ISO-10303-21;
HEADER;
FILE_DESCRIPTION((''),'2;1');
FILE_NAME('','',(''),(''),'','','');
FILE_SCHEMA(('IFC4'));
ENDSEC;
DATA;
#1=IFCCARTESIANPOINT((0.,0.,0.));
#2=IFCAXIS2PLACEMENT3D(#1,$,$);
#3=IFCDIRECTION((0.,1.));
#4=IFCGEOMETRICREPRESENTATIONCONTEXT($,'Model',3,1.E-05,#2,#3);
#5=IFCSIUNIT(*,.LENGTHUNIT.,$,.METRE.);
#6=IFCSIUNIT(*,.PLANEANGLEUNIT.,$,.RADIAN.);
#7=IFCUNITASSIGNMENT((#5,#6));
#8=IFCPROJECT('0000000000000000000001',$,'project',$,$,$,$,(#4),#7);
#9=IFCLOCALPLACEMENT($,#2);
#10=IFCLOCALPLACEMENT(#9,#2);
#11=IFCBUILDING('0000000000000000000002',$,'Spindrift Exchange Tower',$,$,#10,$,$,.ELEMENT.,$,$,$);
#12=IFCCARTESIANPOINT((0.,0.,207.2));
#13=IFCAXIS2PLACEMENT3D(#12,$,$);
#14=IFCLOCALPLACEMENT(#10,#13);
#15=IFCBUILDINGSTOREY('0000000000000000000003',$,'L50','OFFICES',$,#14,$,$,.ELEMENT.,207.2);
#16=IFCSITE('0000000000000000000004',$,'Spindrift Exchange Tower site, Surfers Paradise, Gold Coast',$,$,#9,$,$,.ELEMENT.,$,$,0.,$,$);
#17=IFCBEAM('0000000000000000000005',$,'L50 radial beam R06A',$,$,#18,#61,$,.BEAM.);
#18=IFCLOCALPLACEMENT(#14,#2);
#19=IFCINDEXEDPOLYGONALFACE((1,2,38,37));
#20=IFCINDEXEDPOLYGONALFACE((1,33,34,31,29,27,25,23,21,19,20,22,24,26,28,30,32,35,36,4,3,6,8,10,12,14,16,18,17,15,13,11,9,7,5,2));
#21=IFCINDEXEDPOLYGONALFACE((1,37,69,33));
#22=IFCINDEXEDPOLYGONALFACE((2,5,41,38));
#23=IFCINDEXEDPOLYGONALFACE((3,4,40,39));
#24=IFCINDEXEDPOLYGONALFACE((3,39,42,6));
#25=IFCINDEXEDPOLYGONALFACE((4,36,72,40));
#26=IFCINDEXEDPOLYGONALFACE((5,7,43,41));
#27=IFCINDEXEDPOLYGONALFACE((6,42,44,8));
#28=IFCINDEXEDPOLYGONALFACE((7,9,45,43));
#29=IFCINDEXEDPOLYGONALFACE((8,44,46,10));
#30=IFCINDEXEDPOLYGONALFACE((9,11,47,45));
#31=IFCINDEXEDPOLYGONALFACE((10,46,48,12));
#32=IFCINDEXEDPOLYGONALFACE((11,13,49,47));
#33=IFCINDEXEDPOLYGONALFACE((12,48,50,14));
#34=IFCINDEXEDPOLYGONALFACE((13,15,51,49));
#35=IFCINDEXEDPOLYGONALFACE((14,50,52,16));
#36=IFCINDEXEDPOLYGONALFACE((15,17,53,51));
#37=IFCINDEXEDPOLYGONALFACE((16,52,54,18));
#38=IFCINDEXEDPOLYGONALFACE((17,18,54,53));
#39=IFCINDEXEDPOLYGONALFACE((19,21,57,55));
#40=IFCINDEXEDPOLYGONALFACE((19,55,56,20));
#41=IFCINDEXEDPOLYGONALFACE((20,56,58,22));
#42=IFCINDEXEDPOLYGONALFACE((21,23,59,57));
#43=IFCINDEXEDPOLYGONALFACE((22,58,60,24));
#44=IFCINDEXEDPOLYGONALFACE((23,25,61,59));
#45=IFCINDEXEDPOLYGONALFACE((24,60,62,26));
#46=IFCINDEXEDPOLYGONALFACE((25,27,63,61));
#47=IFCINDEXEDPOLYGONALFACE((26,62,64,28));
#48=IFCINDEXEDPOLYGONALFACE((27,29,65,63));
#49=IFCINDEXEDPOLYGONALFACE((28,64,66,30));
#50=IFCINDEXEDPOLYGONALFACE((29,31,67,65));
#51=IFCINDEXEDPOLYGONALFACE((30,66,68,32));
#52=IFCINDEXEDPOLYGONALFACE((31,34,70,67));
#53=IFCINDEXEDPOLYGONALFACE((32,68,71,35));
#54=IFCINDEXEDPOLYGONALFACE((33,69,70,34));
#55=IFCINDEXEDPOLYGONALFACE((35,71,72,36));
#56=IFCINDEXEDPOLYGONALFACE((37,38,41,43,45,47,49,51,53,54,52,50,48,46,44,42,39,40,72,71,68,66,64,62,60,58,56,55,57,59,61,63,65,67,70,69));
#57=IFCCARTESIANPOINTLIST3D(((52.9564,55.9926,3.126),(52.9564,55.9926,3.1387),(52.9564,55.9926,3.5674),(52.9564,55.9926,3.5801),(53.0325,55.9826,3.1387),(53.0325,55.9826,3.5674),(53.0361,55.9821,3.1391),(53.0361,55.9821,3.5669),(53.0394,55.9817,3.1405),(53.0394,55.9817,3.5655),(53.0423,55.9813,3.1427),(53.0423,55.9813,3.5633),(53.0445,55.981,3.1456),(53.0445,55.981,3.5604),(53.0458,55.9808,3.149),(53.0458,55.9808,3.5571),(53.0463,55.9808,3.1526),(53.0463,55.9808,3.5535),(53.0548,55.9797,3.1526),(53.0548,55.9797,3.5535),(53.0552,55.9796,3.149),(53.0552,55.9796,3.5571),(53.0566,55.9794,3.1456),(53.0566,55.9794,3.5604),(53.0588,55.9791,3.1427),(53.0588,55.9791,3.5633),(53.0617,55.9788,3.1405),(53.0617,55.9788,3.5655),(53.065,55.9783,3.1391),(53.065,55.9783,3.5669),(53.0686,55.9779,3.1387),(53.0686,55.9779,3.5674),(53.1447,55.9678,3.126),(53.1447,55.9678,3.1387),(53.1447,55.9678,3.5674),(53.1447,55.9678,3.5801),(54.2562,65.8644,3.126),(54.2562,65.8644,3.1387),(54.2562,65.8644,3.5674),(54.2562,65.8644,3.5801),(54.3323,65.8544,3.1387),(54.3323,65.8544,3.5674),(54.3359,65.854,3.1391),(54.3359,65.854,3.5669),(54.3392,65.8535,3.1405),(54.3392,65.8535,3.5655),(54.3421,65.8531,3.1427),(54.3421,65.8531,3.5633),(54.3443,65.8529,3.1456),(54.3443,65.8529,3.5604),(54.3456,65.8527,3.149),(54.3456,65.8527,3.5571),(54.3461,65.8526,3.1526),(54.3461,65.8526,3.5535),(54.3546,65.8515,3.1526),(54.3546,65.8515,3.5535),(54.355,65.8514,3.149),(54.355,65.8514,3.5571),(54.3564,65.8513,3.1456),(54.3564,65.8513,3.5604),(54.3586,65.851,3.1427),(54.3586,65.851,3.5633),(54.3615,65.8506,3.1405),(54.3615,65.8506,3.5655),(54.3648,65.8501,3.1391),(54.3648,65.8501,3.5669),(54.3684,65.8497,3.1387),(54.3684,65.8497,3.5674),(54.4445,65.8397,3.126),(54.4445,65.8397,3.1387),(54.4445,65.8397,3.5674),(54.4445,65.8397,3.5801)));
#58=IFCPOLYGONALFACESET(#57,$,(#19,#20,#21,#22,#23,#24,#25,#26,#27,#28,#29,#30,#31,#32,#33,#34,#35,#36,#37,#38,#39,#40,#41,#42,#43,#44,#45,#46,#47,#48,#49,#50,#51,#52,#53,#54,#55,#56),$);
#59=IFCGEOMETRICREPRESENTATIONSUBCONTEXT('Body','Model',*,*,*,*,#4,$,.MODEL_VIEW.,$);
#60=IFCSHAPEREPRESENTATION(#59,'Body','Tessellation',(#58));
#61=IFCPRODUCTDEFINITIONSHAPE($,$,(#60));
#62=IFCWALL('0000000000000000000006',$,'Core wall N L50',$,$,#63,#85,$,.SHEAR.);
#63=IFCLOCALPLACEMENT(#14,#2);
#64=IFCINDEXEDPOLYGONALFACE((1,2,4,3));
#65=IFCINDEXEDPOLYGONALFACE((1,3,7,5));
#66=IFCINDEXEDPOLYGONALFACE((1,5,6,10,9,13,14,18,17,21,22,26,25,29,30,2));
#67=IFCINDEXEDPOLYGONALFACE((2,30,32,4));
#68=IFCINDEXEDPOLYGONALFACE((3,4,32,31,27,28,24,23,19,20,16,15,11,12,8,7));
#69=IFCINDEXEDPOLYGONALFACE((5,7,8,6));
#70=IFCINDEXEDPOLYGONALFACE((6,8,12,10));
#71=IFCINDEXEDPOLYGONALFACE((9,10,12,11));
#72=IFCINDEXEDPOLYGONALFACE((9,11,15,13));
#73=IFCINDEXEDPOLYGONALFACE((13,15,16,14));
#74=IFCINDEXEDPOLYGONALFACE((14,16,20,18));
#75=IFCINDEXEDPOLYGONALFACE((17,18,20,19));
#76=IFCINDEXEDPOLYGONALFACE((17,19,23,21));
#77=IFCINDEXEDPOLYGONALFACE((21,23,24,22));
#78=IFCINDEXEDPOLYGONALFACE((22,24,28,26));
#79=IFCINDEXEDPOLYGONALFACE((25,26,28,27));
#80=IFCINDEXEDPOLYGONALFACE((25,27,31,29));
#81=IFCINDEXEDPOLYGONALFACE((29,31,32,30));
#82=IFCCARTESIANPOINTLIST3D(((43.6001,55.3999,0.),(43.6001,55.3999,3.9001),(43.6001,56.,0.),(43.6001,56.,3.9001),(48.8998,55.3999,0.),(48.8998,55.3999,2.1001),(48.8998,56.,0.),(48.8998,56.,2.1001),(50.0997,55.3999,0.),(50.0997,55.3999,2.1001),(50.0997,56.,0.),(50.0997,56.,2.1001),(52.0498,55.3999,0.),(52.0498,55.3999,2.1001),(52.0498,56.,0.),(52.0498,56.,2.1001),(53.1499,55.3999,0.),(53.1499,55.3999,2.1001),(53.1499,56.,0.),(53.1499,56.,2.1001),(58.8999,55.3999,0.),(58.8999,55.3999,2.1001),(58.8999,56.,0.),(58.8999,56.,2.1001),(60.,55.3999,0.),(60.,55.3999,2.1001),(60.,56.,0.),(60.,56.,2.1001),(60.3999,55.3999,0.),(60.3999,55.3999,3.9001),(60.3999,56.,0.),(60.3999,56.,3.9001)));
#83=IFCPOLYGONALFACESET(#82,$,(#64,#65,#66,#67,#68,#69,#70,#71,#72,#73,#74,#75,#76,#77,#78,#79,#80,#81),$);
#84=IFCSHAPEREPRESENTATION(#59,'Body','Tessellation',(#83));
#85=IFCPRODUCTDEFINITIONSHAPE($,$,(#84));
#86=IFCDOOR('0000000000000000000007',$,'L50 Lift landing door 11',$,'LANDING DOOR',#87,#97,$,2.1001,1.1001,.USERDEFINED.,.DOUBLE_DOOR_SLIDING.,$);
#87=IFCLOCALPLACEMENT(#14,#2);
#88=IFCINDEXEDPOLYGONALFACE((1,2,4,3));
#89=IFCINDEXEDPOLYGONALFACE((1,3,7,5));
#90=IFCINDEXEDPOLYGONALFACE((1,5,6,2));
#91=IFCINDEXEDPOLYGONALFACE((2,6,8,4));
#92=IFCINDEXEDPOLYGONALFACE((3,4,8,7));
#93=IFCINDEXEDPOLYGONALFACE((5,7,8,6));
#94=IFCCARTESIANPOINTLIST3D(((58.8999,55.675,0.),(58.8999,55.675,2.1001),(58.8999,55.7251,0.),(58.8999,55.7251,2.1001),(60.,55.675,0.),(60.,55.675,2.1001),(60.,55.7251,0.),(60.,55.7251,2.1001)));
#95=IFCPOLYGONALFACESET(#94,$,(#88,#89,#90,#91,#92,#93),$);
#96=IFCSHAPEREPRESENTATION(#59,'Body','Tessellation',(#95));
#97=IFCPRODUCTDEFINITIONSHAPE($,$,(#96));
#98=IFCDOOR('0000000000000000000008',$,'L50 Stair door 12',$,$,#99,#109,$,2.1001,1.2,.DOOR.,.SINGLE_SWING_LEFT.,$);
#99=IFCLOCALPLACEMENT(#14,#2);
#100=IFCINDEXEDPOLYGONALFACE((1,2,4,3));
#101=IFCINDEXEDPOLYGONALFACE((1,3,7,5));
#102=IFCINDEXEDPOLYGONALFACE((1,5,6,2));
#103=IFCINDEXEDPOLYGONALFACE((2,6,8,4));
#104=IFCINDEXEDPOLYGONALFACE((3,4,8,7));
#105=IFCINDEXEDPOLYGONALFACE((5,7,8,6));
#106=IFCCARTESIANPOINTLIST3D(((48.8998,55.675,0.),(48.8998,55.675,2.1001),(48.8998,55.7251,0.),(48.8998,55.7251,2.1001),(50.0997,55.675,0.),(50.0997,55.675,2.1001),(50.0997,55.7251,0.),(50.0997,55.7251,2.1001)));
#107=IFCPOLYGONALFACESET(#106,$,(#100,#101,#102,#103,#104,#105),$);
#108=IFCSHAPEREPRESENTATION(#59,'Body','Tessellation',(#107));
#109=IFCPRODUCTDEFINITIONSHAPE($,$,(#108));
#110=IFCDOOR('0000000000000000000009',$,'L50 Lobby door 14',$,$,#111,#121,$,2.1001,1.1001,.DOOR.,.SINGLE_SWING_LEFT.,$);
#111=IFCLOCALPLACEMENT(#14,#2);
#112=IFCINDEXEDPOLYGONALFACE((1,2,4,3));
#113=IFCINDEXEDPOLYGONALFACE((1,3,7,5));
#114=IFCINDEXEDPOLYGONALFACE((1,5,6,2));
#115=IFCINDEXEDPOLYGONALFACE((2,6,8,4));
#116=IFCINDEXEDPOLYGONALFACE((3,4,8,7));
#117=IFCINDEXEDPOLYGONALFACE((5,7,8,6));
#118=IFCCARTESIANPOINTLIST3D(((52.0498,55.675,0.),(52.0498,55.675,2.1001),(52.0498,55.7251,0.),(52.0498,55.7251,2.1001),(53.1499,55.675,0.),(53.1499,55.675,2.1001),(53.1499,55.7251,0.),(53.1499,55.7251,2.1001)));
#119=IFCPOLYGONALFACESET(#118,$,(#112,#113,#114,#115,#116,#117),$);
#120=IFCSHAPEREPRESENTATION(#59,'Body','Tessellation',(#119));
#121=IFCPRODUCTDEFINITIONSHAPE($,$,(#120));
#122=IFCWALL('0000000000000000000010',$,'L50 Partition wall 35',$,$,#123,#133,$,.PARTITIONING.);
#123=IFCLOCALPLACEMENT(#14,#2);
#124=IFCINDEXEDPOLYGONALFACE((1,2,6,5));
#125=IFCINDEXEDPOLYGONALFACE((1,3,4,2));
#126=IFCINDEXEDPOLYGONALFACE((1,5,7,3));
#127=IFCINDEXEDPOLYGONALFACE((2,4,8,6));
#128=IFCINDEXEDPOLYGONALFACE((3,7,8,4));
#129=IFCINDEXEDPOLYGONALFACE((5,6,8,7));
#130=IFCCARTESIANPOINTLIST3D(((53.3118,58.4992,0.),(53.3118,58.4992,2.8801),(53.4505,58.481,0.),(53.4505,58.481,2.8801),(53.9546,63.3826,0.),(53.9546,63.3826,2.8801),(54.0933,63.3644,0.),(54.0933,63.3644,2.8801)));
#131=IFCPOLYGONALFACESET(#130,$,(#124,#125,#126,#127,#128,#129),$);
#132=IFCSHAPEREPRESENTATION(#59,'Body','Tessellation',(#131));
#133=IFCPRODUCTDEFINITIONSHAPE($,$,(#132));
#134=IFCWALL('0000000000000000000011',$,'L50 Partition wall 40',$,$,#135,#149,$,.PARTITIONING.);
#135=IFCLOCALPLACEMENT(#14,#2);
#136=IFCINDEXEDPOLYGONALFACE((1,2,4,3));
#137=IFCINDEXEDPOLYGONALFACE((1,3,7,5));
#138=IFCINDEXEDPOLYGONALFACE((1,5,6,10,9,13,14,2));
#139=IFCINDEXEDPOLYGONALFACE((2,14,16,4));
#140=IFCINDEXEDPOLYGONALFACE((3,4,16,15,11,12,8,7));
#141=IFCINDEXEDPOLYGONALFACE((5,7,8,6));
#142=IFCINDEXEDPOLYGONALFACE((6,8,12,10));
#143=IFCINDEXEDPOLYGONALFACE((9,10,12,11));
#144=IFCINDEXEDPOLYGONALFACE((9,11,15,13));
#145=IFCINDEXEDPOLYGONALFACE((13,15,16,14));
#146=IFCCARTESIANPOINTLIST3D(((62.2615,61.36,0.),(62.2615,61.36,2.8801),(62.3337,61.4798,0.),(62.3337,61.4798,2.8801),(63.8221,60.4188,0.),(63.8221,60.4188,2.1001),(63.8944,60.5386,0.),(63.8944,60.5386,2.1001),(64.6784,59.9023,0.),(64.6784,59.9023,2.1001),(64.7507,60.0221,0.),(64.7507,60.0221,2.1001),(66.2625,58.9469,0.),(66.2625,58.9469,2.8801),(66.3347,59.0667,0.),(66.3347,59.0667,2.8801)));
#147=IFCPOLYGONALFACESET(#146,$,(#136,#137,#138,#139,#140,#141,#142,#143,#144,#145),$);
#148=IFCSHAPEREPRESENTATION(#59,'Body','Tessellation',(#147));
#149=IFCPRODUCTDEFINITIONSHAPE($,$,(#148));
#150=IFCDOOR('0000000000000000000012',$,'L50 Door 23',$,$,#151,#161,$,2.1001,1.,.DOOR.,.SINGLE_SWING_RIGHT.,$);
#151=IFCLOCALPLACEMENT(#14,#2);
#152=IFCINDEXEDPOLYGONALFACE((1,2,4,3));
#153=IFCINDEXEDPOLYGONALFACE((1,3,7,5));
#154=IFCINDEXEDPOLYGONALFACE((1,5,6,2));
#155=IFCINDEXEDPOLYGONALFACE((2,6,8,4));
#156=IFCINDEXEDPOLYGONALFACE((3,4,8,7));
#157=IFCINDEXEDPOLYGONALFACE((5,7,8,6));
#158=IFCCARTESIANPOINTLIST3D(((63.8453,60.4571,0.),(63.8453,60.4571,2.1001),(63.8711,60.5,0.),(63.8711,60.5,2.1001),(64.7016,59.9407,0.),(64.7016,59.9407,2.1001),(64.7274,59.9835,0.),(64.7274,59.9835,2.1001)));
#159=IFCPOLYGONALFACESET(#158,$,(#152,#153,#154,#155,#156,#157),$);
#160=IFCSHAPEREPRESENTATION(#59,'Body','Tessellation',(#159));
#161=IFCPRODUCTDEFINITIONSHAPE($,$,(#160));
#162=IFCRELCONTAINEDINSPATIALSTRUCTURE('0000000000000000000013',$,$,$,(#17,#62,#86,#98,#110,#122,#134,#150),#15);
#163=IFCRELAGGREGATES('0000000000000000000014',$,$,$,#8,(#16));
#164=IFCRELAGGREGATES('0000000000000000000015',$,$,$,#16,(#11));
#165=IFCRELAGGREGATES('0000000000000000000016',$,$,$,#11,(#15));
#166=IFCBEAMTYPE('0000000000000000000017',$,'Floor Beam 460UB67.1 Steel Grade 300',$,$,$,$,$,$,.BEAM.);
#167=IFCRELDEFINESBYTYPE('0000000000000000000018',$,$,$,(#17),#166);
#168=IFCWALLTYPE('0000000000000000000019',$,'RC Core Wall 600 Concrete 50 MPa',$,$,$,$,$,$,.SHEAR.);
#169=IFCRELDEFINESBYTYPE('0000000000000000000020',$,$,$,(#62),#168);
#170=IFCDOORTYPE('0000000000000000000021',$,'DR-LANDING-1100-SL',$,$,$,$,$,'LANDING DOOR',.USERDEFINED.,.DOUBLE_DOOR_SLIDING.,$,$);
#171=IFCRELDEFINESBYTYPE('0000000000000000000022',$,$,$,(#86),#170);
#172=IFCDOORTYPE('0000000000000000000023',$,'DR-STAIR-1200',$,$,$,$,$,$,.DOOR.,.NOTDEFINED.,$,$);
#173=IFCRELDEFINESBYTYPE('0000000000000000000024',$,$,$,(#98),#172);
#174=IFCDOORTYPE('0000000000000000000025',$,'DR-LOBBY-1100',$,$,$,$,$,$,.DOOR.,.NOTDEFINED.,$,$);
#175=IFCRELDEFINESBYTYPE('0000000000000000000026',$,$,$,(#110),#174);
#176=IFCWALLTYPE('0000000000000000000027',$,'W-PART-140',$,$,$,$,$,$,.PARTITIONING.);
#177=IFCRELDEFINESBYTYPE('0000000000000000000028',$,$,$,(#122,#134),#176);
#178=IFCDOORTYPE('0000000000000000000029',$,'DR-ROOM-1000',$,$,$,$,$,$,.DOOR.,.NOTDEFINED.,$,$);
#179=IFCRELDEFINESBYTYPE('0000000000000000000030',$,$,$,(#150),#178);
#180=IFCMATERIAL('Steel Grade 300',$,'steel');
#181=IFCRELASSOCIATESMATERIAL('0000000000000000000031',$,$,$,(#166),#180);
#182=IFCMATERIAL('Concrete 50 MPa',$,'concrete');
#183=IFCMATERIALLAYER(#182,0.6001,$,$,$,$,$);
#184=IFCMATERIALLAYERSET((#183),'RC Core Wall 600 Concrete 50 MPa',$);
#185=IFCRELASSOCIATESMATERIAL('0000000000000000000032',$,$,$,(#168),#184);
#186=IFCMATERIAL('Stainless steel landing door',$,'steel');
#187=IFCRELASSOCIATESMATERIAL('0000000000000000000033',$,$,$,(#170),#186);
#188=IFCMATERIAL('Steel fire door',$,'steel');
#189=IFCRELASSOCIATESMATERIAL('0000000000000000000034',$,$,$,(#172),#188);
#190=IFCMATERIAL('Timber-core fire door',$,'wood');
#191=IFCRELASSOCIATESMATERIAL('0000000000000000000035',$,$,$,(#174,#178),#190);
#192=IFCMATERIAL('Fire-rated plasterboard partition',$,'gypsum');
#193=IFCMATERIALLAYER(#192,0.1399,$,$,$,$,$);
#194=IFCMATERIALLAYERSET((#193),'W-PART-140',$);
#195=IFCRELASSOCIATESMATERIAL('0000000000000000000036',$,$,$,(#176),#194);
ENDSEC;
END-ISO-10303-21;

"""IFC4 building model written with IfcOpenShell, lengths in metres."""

from ifc_helpers import new_model, si_unit, direction, frame, frame_2d, origin, origin_2d, place, context, subcontext, project, spatial, rectangle, i_section, extrude, source, transform, mapped, material, layer, layer_set, material_profile, profile_set, type_object, element, fill, save


model = new_model("IFC4")

# Units and contexts
model_context = context("Model", 3, precision=1e-05, world=origin(), true_north=direction((0.0, 1.0)))
body_context = subcontext(model_context, "Body", "Model", "MODEL_VIEW")
ifc_project = project(units=[si_unit("LENGTHUNIT", "METRE"), si_unit("PLANEANGLEUNIT", "RADIAN")], contexts=[model_context])

# Site, building, storey
site_placement = place(None, origin())
site = spatial("IfcSite", under=ifc_project, at=site_placement, Name="Spindrift Exchange Tower site, Surfers Paradise, Gold Coast", CompositionType="ELEMENT", RefElevation=0.0)
building_placement = place(site_placement, origin())
building = spatial("IfcBuilding", under=site, at=building_placement, Name="Spindrift Exchange Tower", CompositionType="ELEMENT")
storey_placement = place(building_placement, frame((0.0, 0.0, 207.2)))
storey = spatial("IfcBuildingStorey", under=building, at=storey_placement, Name="L50", Description="OFFICES", CompositionType="ELEMENT", Elevation=207.2)

# Beam
ifc_material_1 = material(Name="Steel Grade 300", Category="steel")
ifc_material_profile_1 = material_profile(ifc_material_1, i_section(OverallWidth=0.1899, OverallDepth=0.4541, WebThickness=0.0085, FlangeThickness=0.0127, FilletRadius=0.0139, at=origin_2d()), Name="460UB67.1")
ifc_profile_set_1 = profile_set([ifc_material_profile_1], Name="Steel Grade 300")
beam_type_1 = type_object("IfcBeamType", Name="Floor Beam 460UB67.1 Steel Grade 300", PredefinedType="BEAM", material=ifc_profile_set_1)
shared_shape_1 = source(origin(), body_context, "Body", "SweptSolid", [
    extrude(i_section(OverallWidth=0.1899, OverallDepth=0.4541, WebThickness=0.0085, FlangeThickness=0.0127, FilletRadius=0.0139, at=origin_2d()), origin(), (0.0, 0.0, 1.0), 9.957),
])
beam_1_placement = place(storey_placement, frame((53.0505, 55.9802, 3.353), z_axis=(0.130541, 0.991443, 0.0), x_axis=(-0.991443, 0.130541, 0.0)))
element("IfcBeam", 1, at=beam_1_placement, inside=storey, type_object=beam_type_1, Name="L50 radial beam R06A", PredefinedType="BEAM", context=body_context, shape_type="MappedRepresentation", body=[
    mapped(shared_shape_1, transform((0.0, 0.0, 0.0), scale=1.0)),
])

# Wall, openings, doors
ifc_material_2 = material(Name="Concrete 50 MPa", Category="concrete")
ifc_layer_1 = layer(ifc_material_2, 0.6001)
ifc_layer_set_1 = layer_set([ifc_layer_1], Name="RC Core Wall 600 Concrete 50 MPa")
wall_type_1 = type_object("IfcWallType", Name="RC Core Wall 600 Concrete 50 MPa", PredefinedType="SHEAR", material=ifc_layer_set_1)
wall_1_placement = place(storey_placement, frame((60.3999, 55.7, 0.0), z_axis=(0.0, 0.0, 1.0), x_axis=(-1.0, 0.0, 0.0)))
wall_1 = element("IfcWall", 2, at=wall_1_placement, inside=storey, type_object=wall_type_1, Name="Core wall N L50", PredefinedType="SHEAR", context=body_context, shape_type="SweptSolid", body=[
    extrude(rectangle(XDim=16.7998, YDim=0.6001, at=frame_2d((8.3999, 0.0))), origin(), (0.0, 0.0, 1.0), 3.9001),
])
opening_1_placement = place(wall_1_placement, frame((0.3999, 0.0, 0.0)))
opening_1 = element("IfcOpeningElement", 3, at=opening_1_placement, cuts=wall_1, PredefinedType="OPENING", context=body_context, shape_type="SweptSolid", body=[
    extrude(rectangle(XDim=1.1001, YDim=2.1001, at=frame_2d((0.55, 1.05))), frame((0.0, 0.3101, 0.0), z_axis=(0.0, -1.0, 0.0), x_axis=(1.0, 0.0, 0.0)), (0.0, 0.0, 1.0), 0.6201),
])
opening_2_placement = place(wall_1_placement, frame((10.3, 0.0, 0.0)))
opening_2 = element("IfcOpeningElement", 4, at=opening_2_placement, cuts=wall_1, PredefinedType="OPENING", context=body_context, shape_type="SweptSolid", body=[
    extrude(rectangle(XDim=1.2, YDim=2.1001, at=frame_2d((0.6001, 1.05))), frame((0.0, 0.3101, 0.0), z_axis=(0.0, -1.0, 0.0), x_axis=(1.0, 0.0, 0.0)), (0.0, 0.0, 1.0), 0.6201),
])
opening_3_placement = place(wall_1_placement, frame((7.25, 0.0, 0.0)))
opening_3 = element("IfcOpeningElement", 5, at=opening_3_placement, cuts=wall_1, PredefinedType="OPENING", context=body_context, shape_type="SweptSolid", body=[
    extrude(rectangle(XDim=1.1001, YDim=2.1001, at=frame_2d((0.55, 1.05))), frame((0.0, 0.3101, 0.0), z_axis=(0.0, -1.0, 0.0), x_axis=(1.0, 0.0, 0.0)), (0.0, 0.0, 1.0), 0.6201),
])
ifc_material_3 = material(Name="Stainless steel landing door", Category="steel")
door_type_1 = type_object("IfcDoorType", Name="DR-LANDING-1100-SL", ElementType="LANDING DOOR", OperationType="DOUBLE_DOOR_SLIDING", PredefinedType="USERDEFINED", material=ifc_material_3)
shared_shape_2 = source(origin(), body_context, "Body", "SweptSolid", [
    extrude(rectangle(XDim=1.1001, YDim=2.1001, at=frame_2d((0.55, 1.05))), frame((0.0, 0.0249, 0.0), z_axis=(0.0, -1.0, 0.0), x_axis=(1.0, 0.0, 0.0)), (0.0, 0.0, 1.0), 0.05),
])
door_1_placement = place(opening_1_placement, origin())
door_1 = element("IfcDoor", 6, at=door_1_placement, inside=storey, type_object=door_type_1, Name="L50 Lift landing door 11", ObjectType="LANDING DOOR", OperationType="DOUBLE_DOOR_SLIDING", OverallHeight=2.1001, OverallWidth=1.1001, PredefinedType="USERDEFINED", context=body_context, shape_type="MappedRepresentation", body=[
    mapped(shared_shape_2, transform((0.0, 0.0, 0.0), scale=1.0)),
])
fill(opening_1, door_1)
ifc_material_4 = material(Name="Steel fire door", Category="steel")
door_type_2 = type_object("IfcDoorType", Name="DR-STAIR-1200", OperationType="NOTDEFINED", PredefinedType="DOOR", material=ifc_material_4)
shared_shape_3 = source(origin(), body_context, "Body", "SweptSolid", [
    extrude(rectangle(XDim=1.2, YDim=2.1001, at=frame_2d((0.6001, 1.05))), frame((0.0, 0.0249, 0.0), z_axis=(0.0, -1.0, 0.0), x_axis=(1.0, 0.0, 0.0)), (0.0, 0.0, 1.0), 0.05),
])
door_2_placement = place(opening_2_placement, origin())
door_2 = element("IfcDoor", 7, at=door_2_placement, inside=storey, type_object=door_type_2, Name="L50 Stair door 12", OperationType="SINGLE_SWING_LEFT", OverallHeight=2.1001, OverallWidth=1.2, PredefinedType="DOOR", context=body_context, shape_type="MappedRepresentation", body=[
    mapped(shared_shape_3, transform((0.0, 0.0, 0.0), scale=1.0)),
])
fill(opening_2, door_2)
ifc_material_5 = material(Name="Timber-core fire door", Category="wood")
door_type_3 = type_object("IfcDoorType", Name="DR-LOBBY-1100", OperationType="NOTDEFINED", PredefinedType="DOOR", material=ifc_material_5)
shared_shape_4 = source(origin(), body_context, "Body", "SweptSolid", [
    extrude(rectangle(XDim=1.1001, YDim=2.1001, at=frame_2d((0.55, 1.05))), frame((0.0, 0.0249, 0.0), z_axis=(0.0, -1.0, 0.0), x_axis=(1.0, 0.0, 0.0)), (0.0, 0.0, 1.0), 0.05),
])
door_3_placement = place(opening_3_placement, origin())
door_3 = element("IfcDoor", 8, at=door_3_placement, inside=storey, type_object=door_type_3, Name="L50 Lobby door 14", OperationType="SINGLE_SWING_LEFT", OverallHeight=2.1001, OverallWidth=1.1001, PredefinedType="DOOR", context=body_context, shape_type="MappedRepresentation", body=[
    mapped(shared_shape_4, transform((0.0, 0.0, 0.0), scale=1.0)),
])
fill(opening_3, door_3)

# Wall
ifc_material_6 = material(Name="Fire-rated plasterboard partition", Category="gypsum")
ifc_layer_2 = layer(ifc_material_6, 0.1399)
ifc_layer_set_2 = layer_set([ifc_layer_2], Name="W-PART-140")
wall_type_2 = type_object("IfcWallType", Name="W-PART-140", PredefinedType="PARTITIONING", material=ifc_layer_set_2)
wall_2_placement = place(storey_placement, frame((53.3811, 58.49, 0.0), z_axis=(0.0, 0.0, 1.0), x_axis=(0.130511, 0.991447, 0.0)))
element("IfcWall", 9, at=wall_2_placement, inside=storey, type_object=wall_type_2, Name="L50 Partition wall 35", PredefinedType="PARTITIONING", context=body_context, shape_type="SweptSolid", body=[
    extrude(rectangle(XDim=4.9255, YDim=0.1399, at=frame_2d((2.4629, 0.0))), origin(), (0.0, 0.0, 1.0), 2.8801),
])

# Wall, opening, door
wall_3_placement = place(storey_placement, frame((62.2976, 61.4199, 0.0), z_axis=(0.0, 0.0, 1.0), x_axis=(0.85631, -0.516462, 0.0)))
wall_3 = element("IfcWall", 10, at=wall_3_placement, inside=storey, type_object=wall_type_2, Name="L50 Partition wall 40", PredefinedType="PARTITIONING", context=body_context, shape_type="SweptSolid", body=[
    extrude(rectangle(XDim=4.6724, YDim=0.1399, at=frame_2d((2.3362, 0.0))), origin(), (0.0, 0.0, 1.0), 2.8801),
])
opening_4_placement = place(wall_3_placement, frame((1.8225, 0.0, 0.0)))
opening_4 = element("IfcOpeningElement", 11, at=opening_4_placement, cuts=wall_3, PredefinedType="OPENING", context=body_context, shape_type="SweptSolid", body=[
    extrude(rectangle(XDim=1.0, YDim=2.1001, at=frame_2d((0.5, 1.05))), frame((0.0, 0.0798, 0.0), z_axis=(0.0, -1.0, 0.0), x_axis=(1.0, 0.0, 0.0)), (0.0, 0.0, 1.0), 0.1599),
])
door_type_4 = type_object("IfcDoorType", Name="DR-ROOM-1000", OperationType="NOTDEFINED", PredefinedType="DOOR", material=ifc_material_5)
shared_shape_5 = source(origin(), body_context, "Body", "SweptSolid", [
    extrude(rectangle(XDim=1.0, YDim=2.1001, at=frame_2d((0.5, 1.05))), frame((0.0, 0.0249, 0.0), z_axis=(0.0, -1.0, 0.0), x_axis=(1.0, 0.0, 0.0)), (0.0, 0.0, 1.0), 0.05),
])
door_4_placement = place(opening_4_placement, origin())
door_4 = element("IfcDoor", 12, at=door_4_placement, inside=storey, type_object=door_type_4, Name="L50 Door 23", OperationType="SINGLE_SWING_RIGHT", OverallHeight=2.1001, OverallWidth=1.0, PredefinedType="DOOR", context=body_context, shape_type="MappedRepresentation", body=[
    mapped(shared_shape_5, transform((0.0, 0.0, 0.0), scale=1.0)),
])
fill(opening_4, door_4)

save(model, "model.ifc")
